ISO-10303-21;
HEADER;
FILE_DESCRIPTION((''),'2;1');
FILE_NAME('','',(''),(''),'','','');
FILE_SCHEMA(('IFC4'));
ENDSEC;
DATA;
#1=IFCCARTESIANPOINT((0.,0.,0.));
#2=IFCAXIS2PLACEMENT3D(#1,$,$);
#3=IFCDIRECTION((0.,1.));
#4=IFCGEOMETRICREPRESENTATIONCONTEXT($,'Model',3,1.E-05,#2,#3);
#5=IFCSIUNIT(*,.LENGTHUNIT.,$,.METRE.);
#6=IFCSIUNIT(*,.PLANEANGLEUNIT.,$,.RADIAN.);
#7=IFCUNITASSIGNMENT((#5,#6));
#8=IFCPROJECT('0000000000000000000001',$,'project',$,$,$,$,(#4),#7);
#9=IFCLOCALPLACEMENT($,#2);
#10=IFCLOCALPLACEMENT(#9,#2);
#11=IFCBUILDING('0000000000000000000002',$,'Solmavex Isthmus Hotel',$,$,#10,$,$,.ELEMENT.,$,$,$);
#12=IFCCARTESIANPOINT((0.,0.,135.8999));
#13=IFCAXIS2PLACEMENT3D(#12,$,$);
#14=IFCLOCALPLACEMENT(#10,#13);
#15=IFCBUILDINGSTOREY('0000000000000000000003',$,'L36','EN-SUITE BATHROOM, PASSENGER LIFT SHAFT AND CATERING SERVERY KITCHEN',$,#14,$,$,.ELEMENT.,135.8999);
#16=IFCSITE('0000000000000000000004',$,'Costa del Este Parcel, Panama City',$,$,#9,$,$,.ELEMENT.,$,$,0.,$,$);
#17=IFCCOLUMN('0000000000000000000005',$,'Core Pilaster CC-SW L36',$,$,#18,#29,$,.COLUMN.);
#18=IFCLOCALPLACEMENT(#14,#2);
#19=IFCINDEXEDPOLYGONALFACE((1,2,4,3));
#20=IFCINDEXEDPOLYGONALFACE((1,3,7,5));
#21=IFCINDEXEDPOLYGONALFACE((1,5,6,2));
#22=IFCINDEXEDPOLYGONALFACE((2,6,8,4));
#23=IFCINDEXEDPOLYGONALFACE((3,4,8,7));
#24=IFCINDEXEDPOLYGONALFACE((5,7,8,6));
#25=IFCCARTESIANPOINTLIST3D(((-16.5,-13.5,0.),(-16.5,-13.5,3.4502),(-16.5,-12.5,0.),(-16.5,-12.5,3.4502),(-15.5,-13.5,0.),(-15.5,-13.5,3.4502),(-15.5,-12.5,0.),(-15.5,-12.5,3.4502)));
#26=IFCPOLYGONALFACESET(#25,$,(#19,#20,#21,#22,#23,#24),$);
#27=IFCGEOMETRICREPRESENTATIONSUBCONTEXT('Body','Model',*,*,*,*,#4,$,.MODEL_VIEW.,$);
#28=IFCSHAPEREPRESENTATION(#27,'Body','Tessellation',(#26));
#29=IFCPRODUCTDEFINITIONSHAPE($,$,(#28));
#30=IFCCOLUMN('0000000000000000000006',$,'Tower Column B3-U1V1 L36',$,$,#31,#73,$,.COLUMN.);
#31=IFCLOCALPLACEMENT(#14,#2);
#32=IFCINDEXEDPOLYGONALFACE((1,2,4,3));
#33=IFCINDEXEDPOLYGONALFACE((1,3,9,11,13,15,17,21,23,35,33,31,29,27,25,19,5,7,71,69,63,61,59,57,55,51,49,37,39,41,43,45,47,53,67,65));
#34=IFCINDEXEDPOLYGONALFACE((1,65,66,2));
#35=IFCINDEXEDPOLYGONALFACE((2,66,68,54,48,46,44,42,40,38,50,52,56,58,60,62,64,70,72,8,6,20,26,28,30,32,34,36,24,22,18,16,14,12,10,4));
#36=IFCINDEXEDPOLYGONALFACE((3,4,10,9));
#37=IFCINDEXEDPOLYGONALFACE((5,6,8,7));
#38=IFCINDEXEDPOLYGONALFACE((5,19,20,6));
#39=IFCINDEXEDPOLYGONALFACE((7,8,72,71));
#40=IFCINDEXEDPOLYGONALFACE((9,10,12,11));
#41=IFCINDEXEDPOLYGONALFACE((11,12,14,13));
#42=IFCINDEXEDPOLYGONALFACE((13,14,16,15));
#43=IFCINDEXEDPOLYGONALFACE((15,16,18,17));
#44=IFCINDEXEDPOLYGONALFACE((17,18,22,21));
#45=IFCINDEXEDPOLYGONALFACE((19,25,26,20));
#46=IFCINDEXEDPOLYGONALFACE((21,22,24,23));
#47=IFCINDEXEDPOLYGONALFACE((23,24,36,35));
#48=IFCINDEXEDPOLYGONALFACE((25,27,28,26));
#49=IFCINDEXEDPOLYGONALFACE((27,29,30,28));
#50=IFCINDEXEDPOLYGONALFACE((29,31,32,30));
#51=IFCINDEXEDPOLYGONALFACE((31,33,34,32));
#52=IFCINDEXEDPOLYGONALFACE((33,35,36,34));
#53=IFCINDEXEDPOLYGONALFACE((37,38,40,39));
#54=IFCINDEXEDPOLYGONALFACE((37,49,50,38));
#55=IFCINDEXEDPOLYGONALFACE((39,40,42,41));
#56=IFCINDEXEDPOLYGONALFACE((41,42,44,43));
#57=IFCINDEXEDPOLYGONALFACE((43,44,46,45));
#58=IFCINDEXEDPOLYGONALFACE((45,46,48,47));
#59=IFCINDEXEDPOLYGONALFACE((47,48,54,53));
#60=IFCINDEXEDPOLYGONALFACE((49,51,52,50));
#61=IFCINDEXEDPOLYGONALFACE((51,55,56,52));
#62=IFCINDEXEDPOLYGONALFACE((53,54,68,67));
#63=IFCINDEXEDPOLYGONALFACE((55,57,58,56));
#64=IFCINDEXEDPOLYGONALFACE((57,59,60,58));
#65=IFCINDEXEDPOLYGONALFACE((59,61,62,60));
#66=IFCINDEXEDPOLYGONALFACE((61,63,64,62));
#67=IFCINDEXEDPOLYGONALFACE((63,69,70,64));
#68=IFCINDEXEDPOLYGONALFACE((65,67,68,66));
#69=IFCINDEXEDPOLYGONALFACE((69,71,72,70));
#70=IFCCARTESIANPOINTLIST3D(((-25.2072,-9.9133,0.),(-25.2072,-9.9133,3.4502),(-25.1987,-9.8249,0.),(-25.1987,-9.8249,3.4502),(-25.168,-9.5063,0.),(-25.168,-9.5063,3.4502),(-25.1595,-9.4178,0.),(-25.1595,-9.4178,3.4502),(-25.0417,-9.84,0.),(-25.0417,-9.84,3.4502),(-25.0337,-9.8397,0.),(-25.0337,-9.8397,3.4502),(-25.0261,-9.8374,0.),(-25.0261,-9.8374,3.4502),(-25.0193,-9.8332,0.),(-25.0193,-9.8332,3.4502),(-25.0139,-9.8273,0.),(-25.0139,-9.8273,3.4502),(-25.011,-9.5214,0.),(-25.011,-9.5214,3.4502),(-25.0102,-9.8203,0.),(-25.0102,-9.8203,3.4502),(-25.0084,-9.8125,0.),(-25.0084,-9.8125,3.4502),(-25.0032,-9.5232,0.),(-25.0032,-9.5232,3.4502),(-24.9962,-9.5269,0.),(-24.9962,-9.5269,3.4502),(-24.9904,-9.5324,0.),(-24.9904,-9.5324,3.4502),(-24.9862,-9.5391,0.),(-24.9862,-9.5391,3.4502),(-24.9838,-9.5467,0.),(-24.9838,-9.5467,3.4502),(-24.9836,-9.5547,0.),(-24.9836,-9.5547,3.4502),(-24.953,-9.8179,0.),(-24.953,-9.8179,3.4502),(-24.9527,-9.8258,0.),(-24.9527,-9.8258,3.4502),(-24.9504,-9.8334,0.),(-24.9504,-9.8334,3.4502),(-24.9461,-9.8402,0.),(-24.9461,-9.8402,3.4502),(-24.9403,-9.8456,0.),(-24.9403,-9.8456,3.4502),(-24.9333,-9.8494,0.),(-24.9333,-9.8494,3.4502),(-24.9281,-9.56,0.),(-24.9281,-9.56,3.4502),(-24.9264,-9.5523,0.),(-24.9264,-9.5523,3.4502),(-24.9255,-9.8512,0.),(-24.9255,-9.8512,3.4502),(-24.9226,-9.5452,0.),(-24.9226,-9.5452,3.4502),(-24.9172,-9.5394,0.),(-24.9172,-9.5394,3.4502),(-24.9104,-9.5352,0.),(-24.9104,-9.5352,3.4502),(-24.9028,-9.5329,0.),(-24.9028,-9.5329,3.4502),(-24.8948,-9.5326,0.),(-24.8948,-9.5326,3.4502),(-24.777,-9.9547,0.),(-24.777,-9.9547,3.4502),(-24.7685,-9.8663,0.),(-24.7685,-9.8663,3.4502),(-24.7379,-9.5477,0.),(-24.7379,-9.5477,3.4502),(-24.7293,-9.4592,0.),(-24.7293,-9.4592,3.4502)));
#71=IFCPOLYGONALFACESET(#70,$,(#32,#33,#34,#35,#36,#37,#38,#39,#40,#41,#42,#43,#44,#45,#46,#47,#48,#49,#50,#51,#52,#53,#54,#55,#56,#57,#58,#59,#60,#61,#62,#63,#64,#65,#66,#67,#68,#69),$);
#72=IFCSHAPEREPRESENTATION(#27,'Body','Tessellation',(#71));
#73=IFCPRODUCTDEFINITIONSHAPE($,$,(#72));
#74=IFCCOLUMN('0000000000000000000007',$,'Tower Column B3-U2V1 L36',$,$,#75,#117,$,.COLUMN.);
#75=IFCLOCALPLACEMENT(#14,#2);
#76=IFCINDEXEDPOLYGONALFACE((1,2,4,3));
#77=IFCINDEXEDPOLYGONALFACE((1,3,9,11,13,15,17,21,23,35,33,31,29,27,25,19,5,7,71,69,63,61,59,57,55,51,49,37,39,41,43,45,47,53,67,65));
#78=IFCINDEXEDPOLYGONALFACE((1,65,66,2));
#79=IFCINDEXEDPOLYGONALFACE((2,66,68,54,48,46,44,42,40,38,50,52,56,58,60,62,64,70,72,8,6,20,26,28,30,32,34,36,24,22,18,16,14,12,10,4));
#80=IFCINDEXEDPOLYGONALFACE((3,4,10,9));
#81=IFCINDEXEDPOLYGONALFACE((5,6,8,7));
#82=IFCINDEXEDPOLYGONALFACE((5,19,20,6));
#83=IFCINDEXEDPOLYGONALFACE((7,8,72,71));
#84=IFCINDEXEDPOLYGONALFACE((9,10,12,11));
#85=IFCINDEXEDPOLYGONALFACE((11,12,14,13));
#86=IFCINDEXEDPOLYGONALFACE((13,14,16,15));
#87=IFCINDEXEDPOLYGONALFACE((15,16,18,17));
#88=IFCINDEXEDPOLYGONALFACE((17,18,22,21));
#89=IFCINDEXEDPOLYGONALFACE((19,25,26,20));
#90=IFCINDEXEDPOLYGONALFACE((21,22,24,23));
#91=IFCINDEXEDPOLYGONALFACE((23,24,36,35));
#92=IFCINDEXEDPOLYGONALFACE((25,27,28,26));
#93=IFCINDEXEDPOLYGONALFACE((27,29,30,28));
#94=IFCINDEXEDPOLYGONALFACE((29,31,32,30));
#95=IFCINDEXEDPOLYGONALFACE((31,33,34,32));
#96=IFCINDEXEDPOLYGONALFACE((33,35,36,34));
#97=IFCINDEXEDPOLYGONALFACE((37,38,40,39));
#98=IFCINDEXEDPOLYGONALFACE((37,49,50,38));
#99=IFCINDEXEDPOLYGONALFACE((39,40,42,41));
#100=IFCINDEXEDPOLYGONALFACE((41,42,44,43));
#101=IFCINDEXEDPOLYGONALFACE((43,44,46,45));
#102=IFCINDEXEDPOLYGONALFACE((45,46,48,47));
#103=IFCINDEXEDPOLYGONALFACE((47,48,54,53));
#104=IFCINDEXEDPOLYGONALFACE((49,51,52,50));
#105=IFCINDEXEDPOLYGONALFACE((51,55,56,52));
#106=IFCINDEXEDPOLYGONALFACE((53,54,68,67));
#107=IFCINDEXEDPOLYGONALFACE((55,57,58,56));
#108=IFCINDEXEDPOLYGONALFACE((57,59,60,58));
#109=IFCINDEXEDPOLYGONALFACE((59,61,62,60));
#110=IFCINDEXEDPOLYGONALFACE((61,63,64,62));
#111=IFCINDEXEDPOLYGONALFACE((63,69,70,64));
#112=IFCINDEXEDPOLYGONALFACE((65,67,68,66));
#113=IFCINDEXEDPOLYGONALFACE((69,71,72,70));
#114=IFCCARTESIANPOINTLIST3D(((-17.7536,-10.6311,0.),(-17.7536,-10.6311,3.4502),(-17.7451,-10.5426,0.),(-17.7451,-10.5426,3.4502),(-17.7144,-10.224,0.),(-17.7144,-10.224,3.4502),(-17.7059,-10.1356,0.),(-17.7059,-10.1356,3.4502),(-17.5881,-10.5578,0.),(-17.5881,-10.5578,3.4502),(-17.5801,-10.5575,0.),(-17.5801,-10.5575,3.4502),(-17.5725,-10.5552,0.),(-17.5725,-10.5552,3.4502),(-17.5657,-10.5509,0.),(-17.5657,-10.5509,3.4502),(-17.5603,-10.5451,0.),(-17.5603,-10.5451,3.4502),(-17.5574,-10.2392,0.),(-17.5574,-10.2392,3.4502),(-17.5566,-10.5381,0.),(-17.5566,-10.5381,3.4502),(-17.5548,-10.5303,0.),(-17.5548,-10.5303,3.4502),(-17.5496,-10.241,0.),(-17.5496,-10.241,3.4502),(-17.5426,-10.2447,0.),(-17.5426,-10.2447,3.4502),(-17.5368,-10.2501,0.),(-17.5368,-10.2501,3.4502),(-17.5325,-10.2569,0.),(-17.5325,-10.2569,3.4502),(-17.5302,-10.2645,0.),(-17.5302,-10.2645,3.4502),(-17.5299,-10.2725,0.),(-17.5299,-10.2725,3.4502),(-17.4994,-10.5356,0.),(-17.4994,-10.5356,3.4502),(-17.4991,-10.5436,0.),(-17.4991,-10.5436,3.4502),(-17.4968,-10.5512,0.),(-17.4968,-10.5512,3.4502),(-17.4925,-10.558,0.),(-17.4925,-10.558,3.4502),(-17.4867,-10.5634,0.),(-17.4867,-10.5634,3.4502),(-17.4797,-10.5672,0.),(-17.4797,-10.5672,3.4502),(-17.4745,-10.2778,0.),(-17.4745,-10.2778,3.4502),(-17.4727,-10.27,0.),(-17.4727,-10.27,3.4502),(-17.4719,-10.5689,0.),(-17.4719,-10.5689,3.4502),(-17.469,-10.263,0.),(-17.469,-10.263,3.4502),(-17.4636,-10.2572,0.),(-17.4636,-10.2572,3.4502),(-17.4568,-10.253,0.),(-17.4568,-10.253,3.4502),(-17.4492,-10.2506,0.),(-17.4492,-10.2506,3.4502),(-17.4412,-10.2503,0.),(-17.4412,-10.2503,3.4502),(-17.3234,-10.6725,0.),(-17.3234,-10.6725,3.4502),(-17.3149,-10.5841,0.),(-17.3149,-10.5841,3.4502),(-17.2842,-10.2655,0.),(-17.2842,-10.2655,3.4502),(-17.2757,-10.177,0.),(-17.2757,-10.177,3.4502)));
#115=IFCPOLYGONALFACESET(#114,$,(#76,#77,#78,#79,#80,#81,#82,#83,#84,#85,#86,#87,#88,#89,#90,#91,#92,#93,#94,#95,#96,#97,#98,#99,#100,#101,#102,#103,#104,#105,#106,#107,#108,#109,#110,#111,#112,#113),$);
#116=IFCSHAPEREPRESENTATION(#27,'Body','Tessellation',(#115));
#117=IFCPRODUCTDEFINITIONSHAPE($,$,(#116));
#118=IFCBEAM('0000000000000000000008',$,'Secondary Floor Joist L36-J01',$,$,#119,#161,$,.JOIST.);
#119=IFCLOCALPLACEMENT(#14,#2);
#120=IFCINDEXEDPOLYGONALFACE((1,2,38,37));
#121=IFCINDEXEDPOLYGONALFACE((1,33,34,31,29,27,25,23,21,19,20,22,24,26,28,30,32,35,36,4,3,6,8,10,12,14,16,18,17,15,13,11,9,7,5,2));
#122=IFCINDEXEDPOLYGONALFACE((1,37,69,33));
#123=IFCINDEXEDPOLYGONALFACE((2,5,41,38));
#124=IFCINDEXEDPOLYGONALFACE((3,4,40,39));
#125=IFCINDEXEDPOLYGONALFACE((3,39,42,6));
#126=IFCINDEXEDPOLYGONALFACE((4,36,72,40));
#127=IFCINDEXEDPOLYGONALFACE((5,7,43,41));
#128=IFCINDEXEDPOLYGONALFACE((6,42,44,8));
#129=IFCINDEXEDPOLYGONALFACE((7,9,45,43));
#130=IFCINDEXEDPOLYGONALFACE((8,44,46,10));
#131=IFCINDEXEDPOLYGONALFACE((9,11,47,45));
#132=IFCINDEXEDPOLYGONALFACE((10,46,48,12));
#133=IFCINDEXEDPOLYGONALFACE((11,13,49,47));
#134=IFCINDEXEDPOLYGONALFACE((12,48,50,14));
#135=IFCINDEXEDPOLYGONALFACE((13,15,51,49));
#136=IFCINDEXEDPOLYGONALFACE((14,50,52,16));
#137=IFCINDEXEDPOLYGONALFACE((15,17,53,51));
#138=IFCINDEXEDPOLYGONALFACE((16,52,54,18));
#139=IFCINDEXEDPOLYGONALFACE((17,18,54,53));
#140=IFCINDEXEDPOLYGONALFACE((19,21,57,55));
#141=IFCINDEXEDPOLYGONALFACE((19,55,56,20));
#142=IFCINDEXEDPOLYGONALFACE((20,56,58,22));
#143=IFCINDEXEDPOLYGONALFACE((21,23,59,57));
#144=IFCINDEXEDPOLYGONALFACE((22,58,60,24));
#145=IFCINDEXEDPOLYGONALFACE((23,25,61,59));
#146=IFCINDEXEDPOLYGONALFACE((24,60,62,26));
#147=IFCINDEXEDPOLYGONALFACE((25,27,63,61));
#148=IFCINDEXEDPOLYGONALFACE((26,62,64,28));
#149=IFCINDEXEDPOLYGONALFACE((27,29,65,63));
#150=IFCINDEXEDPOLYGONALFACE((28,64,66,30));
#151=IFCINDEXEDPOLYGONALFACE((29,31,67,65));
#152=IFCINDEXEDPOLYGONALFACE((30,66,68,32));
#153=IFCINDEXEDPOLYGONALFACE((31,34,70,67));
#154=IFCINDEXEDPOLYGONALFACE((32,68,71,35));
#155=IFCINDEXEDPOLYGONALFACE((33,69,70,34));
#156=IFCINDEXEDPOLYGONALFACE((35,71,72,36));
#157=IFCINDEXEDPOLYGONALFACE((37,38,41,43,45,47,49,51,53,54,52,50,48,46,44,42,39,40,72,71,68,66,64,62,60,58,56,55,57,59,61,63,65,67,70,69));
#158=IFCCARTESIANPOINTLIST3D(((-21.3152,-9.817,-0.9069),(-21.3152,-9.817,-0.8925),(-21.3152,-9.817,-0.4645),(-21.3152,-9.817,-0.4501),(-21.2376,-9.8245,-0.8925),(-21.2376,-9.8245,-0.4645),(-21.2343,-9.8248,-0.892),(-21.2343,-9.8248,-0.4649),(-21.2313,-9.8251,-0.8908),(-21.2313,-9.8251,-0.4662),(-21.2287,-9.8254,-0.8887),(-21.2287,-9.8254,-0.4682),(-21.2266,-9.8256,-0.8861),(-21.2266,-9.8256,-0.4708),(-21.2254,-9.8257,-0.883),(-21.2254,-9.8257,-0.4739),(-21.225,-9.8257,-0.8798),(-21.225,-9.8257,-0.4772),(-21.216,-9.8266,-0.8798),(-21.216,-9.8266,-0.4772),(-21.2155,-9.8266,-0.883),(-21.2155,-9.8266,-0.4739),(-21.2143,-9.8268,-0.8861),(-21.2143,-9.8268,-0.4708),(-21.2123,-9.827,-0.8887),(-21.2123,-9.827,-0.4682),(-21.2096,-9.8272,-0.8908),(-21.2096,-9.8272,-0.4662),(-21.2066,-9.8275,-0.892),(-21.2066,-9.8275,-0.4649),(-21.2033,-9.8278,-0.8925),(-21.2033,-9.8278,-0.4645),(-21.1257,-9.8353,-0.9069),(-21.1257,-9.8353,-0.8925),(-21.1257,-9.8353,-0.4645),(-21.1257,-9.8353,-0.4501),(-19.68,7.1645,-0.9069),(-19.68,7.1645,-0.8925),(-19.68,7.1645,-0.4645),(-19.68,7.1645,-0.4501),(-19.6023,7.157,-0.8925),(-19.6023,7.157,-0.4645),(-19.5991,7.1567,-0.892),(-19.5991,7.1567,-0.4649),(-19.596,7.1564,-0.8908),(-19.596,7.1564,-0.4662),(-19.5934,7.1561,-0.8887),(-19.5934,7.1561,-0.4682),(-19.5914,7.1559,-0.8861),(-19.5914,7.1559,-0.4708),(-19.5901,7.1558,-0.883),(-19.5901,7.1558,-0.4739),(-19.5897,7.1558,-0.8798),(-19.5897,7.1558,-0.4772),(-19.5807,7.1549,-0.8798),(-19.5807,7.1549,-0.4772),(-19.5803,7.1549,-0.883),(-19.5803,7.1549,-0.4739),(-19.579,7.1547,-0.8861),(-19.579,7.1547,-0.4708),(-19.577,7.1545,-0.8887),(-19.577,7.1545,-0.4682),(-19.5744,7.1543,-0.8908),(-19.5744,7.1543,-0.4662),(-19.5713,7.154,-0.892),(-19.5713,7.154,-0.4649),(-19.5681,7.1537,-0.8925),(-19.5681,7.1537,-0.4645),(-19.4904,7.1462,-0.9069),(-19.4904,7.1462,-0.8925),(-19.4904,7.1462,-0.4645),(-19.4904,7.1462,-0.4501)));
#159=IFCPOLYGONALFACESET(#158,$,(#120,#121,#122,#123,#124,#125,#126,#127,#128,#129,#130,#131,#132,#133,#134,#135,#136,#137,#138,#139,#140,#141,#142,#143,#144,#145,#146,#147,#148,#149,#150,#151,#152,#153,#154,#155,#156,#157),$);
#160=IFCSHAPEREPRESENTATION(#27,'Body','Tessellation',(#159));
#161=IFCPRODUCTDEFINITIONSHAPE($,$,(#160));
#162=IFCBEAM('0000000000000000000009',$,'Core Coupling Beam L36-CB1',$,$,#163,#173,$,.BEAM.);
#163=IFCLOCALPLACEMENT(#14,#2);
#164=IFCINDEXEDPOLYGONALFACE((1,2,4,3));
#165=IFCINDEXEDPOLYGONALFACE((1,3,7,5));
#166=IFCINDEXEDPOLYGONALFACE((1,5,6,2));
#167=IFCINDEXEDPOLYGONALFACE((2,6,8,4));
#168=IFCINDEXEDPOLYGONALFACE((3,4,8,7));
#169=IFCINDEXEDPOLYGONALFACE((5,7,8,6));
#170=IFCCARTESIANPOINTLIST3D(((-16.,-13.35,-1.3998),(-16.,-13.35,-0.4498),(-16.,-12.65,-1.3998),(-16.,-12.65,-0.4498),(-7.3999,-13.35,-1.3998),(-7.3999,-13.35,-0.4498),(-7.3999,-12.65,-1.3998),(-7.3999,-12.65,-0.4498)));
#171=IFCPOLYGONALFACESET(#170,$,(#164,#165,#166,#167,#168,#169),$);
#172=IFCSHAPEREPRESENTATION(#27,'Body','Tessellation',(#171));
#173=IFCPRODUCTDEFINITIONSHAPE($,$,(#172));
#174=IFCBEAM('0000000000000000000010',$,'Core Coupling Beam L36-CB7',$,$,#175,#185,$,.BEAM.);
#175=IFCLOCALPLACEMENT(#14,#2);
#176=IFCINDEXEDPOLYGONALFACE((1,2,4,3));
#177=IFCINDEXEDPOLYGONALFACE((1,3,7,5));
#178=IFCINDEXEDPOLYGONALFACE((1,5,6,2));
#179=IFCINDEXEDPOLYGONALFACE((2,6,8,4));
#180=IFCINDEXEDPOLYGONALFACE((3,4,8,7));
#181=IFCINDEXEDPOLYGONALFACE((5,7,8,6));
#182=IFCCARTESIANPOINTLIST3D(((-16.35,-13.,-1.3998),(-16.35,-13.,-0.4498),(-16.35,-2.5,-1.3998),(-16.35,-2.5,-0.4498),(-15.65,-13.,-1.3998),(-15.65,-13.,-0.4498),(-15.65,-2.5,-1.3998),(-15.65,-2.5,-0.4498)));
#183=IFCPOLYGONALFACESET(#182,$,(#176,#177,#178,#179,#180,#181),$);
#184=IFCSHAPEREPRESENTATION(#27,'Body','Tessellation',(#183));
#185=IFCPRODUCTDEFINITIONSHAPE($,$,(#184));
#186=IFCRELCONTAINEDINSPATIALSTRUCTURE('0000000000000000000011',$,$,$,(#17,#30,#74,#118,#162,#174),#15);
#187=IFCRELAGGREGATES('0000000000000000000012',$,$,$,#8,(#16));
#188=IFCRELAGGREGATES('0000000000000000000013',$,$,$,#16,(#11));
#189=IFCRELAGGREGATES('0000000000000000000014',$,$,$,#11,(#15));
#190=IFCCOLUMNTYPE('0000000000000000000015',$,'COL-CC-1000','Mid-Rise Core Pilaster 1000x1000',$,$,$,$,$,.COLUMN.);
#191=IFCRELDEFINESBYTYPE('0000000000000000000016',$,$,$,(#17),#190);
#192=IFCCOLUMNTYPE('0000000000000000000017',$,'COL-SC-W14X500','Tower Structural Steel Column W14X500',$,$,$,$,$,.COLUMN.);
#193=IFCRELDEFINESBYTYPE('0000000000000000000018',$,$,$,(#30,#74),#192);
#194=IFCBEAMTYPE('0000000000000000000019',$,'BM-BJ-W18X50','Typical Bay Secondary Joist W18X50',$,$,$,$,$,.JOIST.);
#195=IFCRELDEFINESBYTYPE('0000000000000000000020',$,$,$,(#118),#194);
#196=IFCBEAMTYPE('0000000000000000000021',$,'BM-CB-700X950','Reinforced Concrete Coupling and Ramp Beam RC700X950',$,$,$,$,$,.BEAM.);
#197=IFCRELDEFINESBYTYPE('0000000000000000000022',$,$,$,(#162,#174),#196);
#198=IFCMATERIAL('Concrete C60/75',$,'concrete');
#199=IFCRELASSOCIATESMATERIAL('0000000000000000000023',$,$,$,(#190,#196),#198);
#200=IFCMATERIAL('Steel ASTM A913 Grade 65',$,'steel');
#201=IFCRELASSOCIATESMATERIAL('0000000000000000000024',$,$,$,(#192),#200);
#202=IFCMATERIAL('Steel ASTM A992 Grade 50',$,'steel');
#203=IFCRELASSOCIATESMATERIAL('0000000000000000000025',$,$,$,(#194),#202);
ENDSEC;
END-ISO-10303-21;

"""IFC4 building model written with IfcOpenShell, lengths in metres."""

from ifc_helpers import new_model, si_unit, direction, frame, origin, origin_2d, place, context, subcontext, project, spatial, rectangle, i_section, extrude, material, material_profile, profile_set, type_object, element, save


model = new_model("IFC4")

# Units and contexts
model_context = context("Model", 3, precision=1e-05, world=origin(), true_north=direction((0.0, 1.0)))
body_context = subcontext(model_context, "Body", "Model", "MODEL_VIEW")
ifc_project = project(units=[si_unit("LENGTHUNIT", "METRE"), si_unit("PLANEANGLEUNIT", "RADIAN")], contexts=[model_context])

# Site, building, storey
site_placement = place(None, origin())
site = spatial("IfcSite", under=ifc_project, at=site_placement, Name="Costa del Este Parcel, Panama City", CompositionType="ELEMENT", RefElevation=0.0)
building_placement = place(site_placement, origin())
building = spatial("IfcBuilding", under=site, at=building_placement, Name="Solmavex Isthmus Hotel", CompositionType="ELEMENT")
storey_placement = place(building_placement, frame((0.0, 0.0, 135.8999)))
storey = spatial("IfcBuildingStorey", under=building, at=storey_placement, Name="L36", Description="EN-SUITE BATHROOM, PASSENGER LIFT SHAFT AND CATERING SERVERY KITCHEN", CompositionType="ELEMENT", Elevation=135.8999)

# Columns
ifc_material_1 = material(Name="Concrete C60/75", Category="concrete")
ifc_material_profile_1 = material_profile(ifc_material_1, rectangle(XDim=1.0, YDim=1.0, at=origin_2d()), Name="RC1000X1000")
ifc_profile_set_1 = profile_set([ifc_material_profile_1], Name="Concrete C60/75")
column_type_1 = type_object("IfcColumnType", Name="COL-CC-1000", Description="Mid-Rise Core Pilaster 1000x1000", PredefinedType="COLUMN", material=ifc_profile_set_1)
column_placement = place(storey_placement, frame((-16.0, -13.0, 0.0), z_axis=(0.0, 0.0, 1.0), x_axis=(1.0, 0.0, 0.0)))
element("IfcColumn", 1, at=column_placement, inside=storey, type_object=column_type_1, Name="Core Pilaster CC-SW L36", PredefinedType="COLUMN", context=body_context, shape_type="SweptSolid", body=[
    extrude(rectangle(XDim=1.0, YDim=1.0, at=origin_2d()), origin(), (0.0, 0.0, 1.0), 3.4502),
])
ifc_material_2 = material(Name="Steel ASTM A913 Grade 65", Category="steel")
ifc_material_profile_2 = material_profile(ifc_material_2, i_section(OverallWidth=0.4321, OverallDepth=0.4978, WebThickness=0.0557, FlangeThickness=0.0889, FilletRadius=0.0305, at=origin_2d()), Name="W14X500")
ifc_profile_set_2 = profile_set([ifc_material_profile_2], Name="Steel ASTM A913 Grade 65")
column_type_2 = type_object("IfcColumnType", Name="COL-SC-W14X500", Description="Tower Structural Steel Column W14X500", PredefinedType="COLUMN", material=ifc_profile_set_2)
for number, where, z_axis, x_axis, name in (
    (2, (-24.9683, -9.6863, 0.0), (0.0, 0.0, 1.0), (0.995396, -0.095846, 0.0), "Tower Column B3-U1V1 L36"),
    (3, (-17.5146, -10.4041, 0.0), (0.0, 0.0, 1.0), (0.995396, -0.095846, 0.0), "Tower Column B3-U2V1 L36"),
):
    element("IfcColumn", number, at=place(storey_placement, frame(where, z_axis=z_axis, x_axis=x_axis)), inside=storey, type_object=column_type_2, Name=name, PredefinedType="COLUMN", context=body_context, shape_type="SweptSolid", body=[
        extrude(i_section(OverallWidth=0.4321, OverallDepth=0.4978, WebThickness=0.0557, FlangeThickness=0.0889, FilletRadius=0.0305, at=origin_2d()), origin(), (0.0, 0.0, 1.0), 3.4502),
    ])

# Beams
ifc_material_3 = material(Name="Steel ASTM A992 Grade 50", Category="steel")
ifc_material_profile_3 = material_profile(ifc_material_3, i_section(OverallWidth=0.1904, OverallDepth=0.4568, WebThickness=0.009, FlangeThickness=0.0144, FilletRadius=0.0127, at=origin_2d()), Name="W18X50")
ifc_profile_set_3 = profile_set([ifc_material_profile_3], Name="Steel ASTM A992 Grade 50")
beam_type_1 = type_object("IfcBeamType", Name="BM-BJ-W18X50", Description="Typical Bay Secondary Joist W18X50", PredefinedType="JOIST", material=ifc_profile_set_3)
beam_1_placement = place(storey_placement, frame((-21.2205, -9.8262, -0.6785), z_axis=(0.095853, 0.995395, 0.0), x_axis=(-0.995395, 0.095853, 0.0)))
element("IfcBeam", 4, at=beam_1_placement, inside=storey, type_object=beam_type_1, Name="Secondary Floor Joist L36-J01", PredefinedType="JOIST", context=body_context, shape_type="SweptSolid", body=[
    extrude(i_section(OverallWidth=0.1904, OverallDepth=0.4568, WebThickness=0.009, FlangeThickness=0.0144, FilletRadius=0.0127, at=origin_2d()), origin(), (0.0, 0.0, 1.0), 17.0601),
])
ifc_material_profile_4 = material_profile(ifc_material_1, rectangle(XDim=0.7, YDim=0.95, at=origin_2d()), Name="RC700X950")
ifc_profile_set_4 = profile_set([ifc_material_profile_4], Name="Concrete C60/75")
beam_type_2 = type_object("IfcBeamType", Name="BM-CB-700X950", Description="Reinforced Concrete Coupling and Ramp Beam RC700X950", PredefinedType="BEAM", material=ifc_profile_set_4)
beam_2_placement = place(storey_placement, frame((-16.0, -13.0, -0.9248), z_axis=(1.0, 0.0, 0.0), x_axis=(0.0, 1.0, 0.0)))
element("IfcBeam", 5, at=beam_2_placement, inside=storey, type_object=beam_type_2, Name="Core Coupling Beam L36-CB1", PredefinedType="BEAM", context=body_context, shape_type="SweptSolid", body=[
    extrude(rectangle(XDim=0.7, YDim=0.95, at=origin_2d()), origin(), (0.0, 0.0, 1.0), 8.6001),
])
beam_3_placement = place(storey_placement, frame((-16.0, -13.0, -0.9248), z_axis=(0.0, 1.0, 0.0), x_axis=(-1.0, 0.0, 0.0)))
element("IfcBeam", 6, at=beam_3_placement, inside=storey, type_object=beam_type_2, Name="Core Coupling Beam L36-CB7", PredefinedType="BEAM", context=body_context, shape_type="SweptSolid", body=[
    extrude(rectangle(XDim=0.7, YDim=0.95, at=origin_2d()), origin(), (0.0, 0.0, 1.0), 10.5),
])

save(model, "model.ifc")
